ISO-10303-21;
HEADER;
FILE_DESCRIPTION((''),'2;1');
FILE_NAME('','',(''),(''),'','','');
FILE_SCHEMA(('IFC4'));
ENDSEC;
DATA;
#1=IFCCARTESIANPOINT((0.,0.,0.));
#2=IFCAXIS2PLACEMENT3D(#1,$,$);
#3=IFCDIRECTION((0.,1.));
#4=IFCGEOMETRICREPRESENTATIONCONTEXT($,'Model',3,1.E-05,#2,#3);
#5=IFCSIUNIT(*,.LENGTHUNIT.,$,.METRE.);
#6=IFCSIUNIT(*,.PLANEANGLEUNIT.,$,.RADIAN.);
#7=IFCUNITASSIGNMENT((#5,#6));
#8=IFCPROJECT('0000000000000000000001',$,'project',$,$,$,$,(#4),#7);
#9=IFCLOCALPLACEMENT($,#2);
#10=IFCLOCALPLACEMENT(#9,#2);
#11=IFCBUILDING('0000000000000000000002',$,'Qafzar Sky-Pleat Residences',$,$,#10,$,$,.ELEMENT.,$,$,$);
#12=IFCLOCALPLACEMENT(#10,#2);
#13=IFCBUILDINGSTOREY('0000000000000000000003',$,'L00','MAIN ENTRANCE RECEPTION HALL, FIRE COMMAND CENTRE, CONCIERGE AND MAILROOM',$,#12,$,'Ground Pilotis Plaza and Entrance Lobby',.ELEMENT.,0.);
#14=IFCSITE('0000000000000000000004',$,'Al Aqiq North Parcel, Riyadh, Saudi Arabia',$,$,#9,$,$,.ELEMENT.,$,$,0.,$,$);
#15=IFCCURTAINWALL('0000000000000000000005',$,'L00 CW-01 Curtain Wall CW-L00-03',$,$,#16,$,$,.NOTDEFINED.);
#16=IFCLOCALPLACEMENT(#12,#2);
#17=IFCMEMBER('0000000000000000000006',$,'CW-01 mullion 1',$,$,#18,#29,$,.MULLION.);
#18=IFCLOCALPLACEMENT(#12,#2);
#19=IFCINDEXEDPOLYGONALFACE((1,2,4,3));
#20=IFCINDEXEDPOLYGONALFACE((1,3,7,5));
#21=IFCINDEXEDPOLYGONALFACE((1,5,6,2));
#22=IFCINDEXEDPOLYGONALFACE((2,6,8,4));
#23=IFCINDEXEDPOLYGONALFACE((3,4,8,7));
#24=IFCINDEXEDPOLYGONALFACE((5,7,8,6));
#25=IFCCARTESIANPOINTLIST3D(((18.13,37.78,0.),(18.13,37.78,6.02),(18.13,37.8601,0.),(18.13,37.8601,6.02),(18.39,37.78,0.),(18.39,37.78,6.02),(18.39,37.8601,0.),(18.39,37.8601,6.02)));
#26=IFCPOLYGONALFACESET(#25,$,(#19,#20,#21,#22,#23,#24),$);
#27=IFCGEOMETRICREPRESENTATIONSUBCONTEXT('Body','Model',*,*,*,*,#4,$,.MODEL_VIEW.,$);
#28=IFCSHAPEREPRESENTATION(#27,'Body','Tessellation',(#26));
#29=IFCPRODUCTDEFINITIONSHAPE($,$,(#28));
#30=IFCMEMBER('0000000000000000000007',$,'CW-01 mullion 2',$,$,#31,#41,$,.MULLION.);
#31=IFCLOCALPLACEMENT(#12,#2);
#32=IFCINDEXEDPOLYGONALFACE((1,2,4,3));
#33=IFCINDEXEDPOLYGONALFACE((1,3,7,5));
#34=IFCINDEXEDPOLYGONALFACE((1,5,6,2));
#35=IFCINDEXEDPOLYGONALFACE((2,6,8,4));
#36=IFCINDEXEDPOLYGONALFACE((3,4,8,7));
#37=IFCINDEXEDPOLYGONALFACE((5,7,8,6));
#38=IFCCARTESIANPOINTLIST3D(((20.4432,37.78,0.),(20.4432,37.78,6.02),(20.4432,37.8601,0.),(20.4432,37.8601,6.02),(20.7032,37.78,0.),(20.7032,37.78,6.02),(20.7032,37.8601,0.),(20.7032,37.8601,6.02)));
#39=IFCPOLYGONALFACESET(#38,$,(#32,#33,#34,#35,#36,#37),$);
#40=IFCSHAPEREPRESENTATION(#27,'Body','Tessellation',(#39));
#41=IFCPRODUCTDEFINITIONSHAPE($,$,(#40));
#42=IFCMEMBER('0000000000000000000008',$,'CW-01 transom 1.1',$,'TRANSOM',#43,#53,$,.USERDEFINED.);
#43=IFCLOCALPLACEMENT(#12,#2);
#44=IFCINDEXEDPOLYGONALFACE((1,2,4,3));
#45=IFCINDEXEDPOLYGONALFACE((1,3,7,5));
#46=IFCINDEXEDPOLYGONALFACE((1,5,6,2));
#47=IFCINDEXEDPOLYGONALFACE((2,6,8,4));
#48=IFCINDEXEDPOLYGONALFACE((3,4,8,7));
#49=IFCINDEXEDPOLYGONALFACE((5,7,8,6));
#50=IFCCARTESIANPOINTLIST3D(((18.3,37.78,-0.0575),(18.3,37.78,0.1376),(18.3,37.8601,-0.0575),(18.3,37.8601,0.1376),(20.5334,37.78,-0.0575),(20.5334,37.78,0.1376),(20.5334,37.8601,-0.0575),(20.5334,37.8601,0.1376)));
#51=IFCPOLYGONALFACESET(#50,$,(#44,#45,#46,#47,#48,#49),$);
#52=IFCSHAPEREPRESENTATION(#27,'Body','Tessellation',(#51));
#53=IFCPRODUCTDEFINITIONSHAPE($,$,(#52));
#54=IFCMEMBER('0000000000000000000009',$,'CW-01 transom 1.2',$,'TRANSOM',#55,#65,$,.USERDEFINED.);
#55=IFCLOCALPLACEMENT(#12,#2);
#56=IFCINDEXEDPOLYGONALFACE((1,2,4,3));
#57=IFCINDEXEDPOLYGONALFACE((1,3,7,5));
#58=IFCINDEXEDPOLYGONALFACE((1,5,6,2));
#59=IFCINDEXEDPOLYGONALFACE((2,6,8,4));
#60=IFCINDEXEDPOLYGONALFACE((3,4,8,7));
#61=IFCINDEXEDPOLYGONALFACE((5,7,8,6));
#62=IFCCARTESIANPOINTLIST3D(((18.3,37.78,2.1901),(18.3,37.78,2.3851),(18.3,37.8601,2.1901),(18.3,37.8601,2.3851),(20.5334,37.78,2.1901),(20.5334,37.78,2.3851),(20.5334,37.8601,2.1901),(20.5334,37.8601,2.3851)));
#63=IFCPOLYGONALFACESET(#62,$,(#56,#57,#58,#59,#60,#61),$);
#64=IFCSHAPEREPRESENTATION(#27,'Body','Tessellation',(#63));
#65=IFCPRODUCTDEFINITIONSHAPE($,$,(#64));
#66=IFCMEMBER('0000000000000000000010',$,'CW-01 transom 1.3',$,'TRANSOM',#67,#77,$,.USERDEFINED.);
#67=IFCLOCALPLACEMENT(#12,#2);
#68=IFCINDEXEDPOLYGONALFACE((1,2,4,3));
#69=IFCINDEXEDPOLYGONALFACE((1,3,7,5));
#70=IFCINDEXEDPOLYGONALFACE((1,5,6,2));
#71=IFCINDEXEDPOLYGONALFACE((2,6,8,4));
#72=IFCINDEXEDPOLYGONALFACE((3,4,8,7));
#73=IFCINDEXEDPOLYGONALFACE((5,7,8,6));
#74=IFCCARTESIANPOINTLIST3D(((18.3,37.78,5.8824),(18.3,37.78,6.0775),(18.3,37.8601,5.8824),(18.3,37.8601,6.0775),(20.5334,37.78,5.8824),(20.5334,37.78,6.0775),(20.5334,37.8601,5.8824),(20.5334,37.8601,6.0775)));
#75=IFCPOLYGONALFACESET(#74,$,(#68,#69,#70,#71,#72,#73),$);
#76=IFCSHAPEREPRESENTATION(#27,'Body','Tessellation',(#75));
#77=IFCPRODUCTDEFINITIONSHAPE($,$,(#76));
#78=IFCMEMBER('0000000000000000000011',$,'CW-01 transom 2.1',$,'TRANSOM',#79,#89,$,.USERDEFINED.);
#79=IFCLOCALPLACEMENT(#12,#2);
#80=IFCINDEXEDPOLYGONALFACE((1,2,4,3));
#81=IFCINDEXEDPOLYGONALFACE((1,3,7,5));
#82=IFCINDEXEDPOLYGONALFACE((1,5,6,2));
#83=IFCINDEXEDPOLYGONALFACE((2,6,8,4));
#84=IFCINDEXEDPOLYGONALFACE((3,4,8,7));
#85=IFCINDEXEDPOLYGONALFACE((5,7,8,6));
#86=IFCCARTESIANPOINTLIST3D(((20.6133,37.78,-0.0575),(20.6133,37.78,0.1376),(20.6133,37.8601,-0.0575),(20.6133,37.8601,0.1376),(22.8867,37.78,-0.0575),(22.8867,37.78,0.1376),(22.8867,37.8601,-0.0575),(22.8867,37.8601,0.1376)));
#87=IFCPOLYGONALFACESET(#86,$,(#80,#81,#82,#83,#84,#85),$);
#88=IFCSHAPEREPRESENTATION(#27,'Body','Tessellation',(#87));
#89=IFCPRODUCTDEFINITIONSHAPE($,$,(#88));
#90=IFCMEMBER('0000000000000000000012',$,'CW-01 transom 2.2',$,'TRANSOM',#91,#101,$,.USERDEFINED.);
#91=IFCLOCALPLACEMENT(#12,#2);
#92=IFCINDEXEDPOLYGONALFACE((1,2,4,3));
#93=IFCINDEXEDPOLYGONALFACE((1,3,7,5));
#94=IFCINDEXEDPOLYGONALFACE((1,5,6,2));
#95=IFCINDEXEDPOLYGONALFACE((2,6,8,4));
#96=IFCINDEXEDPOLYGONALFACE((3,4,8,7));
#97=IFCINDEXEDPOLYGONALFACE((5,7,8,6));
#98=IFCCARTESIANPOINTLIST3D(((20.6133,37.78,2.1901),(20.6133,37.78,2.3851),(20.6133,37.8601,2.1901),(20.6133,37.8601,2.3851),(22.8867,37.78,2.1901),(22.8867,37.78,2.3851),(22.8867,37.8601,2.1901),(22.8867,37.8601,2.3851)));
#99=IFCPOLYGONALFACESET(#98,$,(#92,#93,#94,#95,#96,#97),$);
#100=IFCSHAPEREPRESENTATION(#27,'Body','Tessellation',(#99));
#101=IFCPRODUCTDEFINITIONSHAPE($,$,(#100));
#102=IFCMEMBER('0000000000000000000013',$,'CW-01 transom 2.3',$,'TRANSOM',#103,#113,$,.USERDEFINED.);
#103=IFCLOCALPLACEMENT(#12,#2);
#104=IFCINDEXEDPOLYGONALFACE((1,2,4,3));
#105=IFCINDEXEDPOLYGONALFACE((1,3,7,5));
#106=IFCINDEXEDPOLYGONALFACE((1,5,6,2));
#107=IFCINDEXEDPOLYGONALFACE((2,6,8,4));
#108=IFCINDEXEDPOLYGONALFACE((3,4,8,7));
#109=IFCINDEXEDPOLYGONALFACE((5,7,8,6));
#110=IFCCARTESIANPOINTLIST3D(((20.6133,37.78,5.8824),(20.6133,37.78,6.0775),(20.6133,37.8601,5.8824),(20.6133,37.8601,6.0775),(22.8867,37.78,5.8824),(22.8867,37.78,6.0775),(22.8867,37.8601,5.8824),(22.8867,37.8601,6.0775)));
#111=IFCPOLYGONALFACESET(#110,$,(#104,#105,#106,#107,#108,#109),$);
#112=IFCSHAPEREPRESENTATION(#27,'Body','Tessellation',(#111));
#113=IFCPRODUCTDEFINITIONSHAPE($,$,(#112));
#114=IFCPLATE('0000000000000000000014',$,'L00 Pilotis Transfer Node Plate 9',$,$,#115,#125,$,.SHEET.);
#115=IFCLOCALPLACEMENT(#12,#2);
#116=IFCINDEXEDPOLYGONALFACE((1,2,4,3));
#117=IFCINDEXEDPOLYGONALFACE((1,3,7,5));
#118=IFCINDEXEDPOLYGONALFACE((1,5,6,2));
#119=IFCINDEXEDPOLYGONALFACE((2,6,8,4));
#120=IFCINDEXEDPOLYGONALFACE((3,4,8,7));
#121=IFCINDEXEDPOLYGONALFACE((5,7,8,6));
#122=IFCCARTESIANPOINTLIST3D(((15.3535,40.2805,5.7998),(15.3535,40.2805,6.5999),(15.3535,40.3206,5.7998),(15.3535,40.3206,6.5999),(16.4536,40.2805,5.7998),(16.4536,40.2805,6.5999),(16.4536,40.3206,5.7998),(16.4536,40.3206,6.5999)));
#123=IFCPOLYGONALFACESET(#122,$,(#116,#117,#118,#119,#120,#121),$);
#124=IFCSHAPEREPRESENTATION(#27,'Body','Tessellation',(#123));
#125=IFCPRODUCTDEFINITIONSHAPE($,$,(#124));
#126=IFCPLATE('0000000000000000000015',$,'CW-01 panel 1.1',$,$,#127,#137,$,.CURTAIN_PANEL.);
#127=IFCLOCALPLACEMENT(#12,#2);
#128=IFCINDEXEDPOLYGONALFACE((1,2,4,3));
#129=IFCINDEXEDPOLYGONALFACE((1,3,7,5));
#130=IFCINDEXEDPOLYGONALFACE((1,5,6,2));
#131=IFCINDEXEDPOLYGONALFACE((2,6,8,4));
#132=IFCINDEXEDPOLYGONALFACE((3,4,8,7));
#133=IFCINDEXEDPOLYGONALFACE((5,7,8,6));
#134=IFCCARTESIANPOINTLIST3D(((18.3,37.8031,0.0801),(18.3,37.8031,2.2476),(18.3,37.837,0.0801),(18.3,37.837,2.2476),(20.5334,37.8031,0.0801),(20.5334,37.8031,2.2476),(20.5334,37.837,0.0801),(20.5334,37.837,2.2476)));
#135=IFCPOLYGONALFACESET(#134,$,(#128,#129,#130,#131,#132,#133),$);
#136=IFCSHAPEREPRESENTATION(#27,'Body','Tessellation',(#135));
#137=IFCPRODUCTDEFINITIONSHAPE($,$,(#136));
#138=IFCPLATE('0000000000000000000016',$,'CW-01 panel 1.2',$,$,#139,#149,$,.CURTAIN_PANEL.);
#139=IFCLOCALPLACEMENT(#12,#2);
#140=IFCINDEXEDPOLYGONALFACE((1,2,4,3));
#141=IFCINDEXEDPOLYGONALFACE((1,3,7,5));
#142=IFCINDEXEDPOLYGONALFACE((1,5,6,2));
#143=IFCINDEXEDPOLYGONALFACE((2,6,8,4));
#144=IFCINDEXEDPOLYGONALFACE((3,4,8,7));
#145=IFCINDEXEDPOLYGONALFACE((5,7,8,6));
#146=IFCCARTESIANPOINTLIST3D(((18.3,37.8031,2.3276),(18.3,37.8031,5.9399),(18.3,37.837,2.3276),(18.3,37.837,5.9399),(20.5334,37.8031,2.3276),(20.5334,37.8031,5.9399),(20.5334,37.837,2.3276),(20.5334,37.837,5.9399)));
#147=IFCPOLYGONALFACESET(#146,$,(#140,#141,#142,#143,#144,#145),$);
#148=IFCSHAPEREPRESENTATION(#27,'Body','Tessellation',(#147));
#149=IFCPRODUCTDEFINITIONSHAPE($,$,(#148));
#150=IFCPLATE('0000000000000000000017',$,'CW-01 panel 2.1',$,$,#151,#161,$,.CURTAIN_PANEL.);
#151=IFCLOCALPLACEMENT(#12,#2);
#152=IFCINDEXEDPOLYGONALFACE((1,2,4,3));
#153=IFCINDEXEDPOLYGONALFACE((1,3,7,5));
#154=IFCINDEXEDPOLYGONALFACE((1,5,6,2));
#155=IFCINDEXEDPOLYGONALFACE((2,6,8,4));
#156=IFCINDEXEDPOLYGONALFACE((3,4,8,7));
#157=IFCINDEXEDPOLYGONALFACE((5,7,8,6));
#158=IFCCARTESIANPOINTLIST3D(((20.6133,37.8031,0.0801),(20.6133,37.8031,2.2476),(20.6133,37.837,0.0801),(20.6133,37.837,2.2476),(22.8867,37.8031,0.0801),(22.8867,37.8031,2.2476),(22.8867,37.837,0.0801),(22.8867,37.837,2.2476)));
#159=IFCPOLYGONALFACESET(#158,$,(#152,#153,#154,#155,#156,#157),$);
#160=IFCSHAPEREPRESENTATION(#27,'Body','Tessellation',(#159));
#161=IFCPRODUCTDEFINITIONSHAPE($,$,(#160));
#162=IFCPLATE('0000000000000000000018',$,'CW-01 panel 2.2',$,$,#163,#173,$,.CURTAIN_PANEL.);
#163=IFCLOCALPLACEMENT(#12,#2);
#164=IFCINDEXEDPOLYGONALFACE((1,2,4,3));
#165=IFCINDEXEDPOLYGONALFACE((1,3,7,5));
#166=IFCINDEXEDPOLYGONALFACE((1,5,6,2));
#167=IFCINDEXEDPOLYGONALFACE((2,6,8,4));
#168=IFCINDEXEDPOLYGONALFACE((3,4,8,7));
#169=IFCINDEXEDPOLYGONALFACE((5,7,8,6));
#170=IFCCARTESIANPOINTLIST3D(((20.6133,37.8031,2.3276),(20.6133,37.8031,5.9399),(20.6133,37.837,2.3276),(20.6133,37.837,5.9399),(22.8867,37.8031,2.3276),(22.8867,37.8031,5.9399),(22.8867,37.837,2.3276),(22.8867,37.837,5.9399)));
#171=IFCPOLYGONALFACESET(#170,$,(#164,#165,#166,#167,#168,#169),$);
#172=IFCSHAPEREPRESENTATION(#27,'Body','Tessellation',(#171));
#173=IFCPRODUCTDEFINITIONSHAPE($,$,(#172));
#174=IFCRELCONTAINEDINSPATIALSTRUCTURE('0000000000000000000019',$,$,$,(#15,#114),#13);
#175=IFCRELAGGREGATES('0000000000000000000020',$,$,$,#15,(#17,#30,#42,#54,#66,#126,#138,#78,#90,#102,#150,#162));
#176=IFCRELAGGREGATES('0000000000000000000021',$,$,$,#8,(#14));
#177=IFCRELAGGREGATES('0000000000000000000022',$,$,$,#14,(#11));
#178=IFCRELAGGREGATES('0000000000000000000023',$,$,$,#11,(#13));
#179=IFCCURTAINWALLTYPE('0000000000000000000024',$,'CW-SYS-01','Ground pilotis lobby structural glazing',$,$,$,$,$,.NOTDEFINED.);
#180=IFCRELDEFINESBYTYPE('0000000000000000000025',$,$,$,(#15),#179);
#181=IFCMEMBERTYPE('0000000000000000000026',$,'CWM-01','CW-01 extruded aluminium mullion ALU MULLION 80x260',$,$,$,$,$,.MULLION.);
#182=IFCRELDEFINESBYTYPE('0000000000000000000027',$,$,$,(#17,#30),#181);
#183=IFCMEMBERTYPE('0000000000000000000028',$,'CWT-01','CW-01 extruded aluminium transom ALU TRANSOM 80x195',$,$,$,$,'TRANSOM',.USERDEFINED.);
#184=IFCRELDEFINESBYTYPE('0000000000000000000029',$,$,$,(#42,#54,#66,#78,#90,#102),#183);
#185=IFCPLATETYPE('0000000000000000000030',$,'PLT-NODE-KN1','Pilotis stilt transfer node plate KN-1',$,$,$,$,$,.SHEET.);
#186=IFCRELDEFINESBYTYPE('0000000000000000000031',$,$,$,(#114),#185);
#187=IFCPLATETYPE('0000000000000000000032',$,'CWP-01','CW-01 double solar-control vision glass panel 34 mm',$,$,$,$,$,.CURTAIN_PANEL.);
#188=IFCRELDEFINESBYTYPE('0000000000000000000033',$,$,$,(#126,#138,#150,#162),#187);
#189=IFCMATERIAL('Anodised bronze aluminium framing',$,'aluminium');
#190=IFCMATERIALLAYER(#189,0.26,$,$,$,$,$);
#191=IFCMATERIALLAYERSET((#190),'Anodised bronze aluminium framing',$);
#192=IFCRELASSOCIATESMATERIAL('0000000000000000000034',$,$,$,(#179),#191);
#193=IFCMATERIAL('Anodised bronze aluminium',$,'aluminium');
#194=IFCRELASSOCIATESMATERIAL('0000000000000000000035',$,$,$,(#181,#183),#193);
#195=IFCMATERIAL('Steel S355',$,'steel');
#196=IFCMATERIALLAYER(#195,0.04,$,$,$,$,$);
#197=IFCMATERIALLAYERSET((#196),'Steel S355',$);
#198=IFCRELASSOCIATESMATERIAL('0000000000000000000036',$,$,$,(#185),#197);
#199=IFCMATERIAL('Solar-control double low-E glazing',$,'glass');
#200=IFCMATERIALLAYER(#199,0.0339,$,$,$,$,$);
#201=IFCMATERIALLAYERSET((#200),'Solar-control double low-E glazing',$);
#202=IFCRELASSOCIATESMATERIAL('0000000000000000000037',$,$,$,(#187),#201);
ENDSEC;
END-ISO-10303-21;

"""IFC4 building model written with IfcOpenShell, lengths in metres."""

from ifc_helpers import new_model, si_unit, direction, frame, origin, origin_2d, place, context, subcontext, project, spatial, rectangle, extrude, source, transform, mapped, material, layer, layer_set, material_profile, profile_set, type_object, element, aggregate, save


model = new_model("IFC4")

# Units and contexts
model_context = context("Model", 3, precision=1e-05, world=origin(), true_north=direction((0.0, 1.0)))
body_context = subcontext(model_context, "Body", "Model", "MODEL_VIEW")
ifc_project = project(units=[si_unit("LENGTHUNIT", "METRE"), si_unit("PLANEANGLEUNIT", "RADIAN")], contexts=[model_context])

# Site, building, storey
site_placement = place(None, origin())
site = spatial("IfcSite", under=ifc_project, at=site_placement, Name="Al Aqiq North Parcel, Riyadh, Saudi Arabia", CompositionType="ELEMENT", RefElevation=0.0)
building_placement = place(site_placement, origin())
building = spatial("IfcBuilding", under=site, at=building_placement, Name="Qafzar Sky-Pleat Residences", CompositionType="ELEMENT")
storey_placement = place(building_placement, origin())
storey = spatial("IfcBuildingStorey", under=building, at=storey_placement, Name="L00", Description="MAIN ENTRANCE RECEPTION HALL, FIRE COMMAND CENTRE, CONCIERGE AND MAILROOM", LongName="Ground Pilotis Plaza and Entrance Lobby", CompositionType="ELEMENT", Elevation=0.0)

# Curtain wall, members
ifc_material_1 = material(Name="Anodised bronze aluminium framing", Category="aluminium")
ifc_layer_1 = layer(ifc_material_1, 0.26)
ifc_layer_set_1 = layer_set([ifc_layer_1], Name="Anodised bronze aluminium framing")
curtain_wall_type = type_object("IfcCurtainWallType", Name="CW-SYS-01", Description="Ground pilotis lobby structural glazing", PredefinedType="NOTDEFINED", material=ifc_layer_set_1)
curtain_wall_placement = place(storey_placement, origin())
curtain_wall = element("IfcCurtainWall", 1, at=curtain_wall_placement, inside=storey, type_object=curtain_wall_type, Name="L00 CW-01 Curtain Wall CW-L00-03", PredefinedType="NOTDEFINED")
ifc_material_2 = material(Name="Anodised bronze aluminium", Category="aluminium")
ifc_material_profile_1 = material_profile(ifc_material_2, rectangle(XDim=0.0801, YDim=0.26, at=origin_2d()), Name="ALU MULLION 80x260")
ifc_profile_set_1 = profile_set([ifc_material_profile_1], Name="Anodised bronze aluminium")
member_type_1 = type_object("IfcMemberType", Name="CWM-01", Description="CW-01 extruded aluminium mullion ALU MULLION 80x260", PredefinedType="MULLION", material=ifc_profile_set_1)
shared_shape_1 = source(origin(), body_context, "Body", "SweptSolid", [
    extrude(rectangle(XDim=0.0801, YDim=0.26, at=origin_2d()), origin(), (0.0, 0.0, 1.0), 6.02),
])
member_1_placement = place(storey_placement, frame((18.26, 37.8201, 0.0), z_axis=(0.0, 0.0, 1.0), x_axis=(0.0, 1.0, 0.0)))
member_1 = element("IfcMember", 2, at=member_1_placement, type_object=member_type_1, Name="CW-01 mullion 1", PredefinedType="MULLION", context=body_context, shape_type="MappedRepresentation", body=[
    mapped(shared_shape_1, transform((0.0, 0.0, 0.0), x_axis=(1.0, 0.0, 0.0), y_axis=(0.0, 1.0, 0.0), z_axis=(0.0, 0.0, 1.0), scale=1.0)),
])
member_2_placement = place(storey_placement, frame((20.5732, 37.8201, 0.0), z_axis=(0.0, 0.0, 1.0), x_axis=(0.0, 1.0, 0.0)))
member_2 = element("IfcMember", 3, at=member_2_placement, type_object=member_type_1, Name="CW-01 mullion 2", PredefinedType="MULLION", context=body_context, shape_type="MappedRepresentation", body=[
    mapped(shared_shape_1, transform((0.0, 0.0, 0.0), x_axis=(1.0, 0.0, 0.0), y_axis=(0.0, 1.0, 0.0), z_axis=(0.0, 0.0, 1.0), scale=1.0)),
])
ifc_material_profile_2 = material_profile(ifc_material_2, rectangle(XDim=0.0801, YDim=0.1951, at=origin_2d()), Name="ALU TRANSOM 80x195")
ifc_profile_set_2 = profile_set([ifc_material_profile_2], Name="Anodised bronze aluminium")
member_type_2 = type_object("IfcMemberType", Name="CWT-01", Description="CW-01 extruded aluminium transom ALU TRANSOM 80x195", ElementType="TRANSOM", PredefinedType="USERDEFINED", material=ifc_profile_set_2)
shared_shape_2 = source(origin(), body_context, "Body", "SweptSolid", [
    extrude(rectangle(XDim=0.0801, YDim=0.1951, at=origin_2d()), origin(), (0.0, 0.0, 1.0), 2.2334),
])
member_3_placement = place(storey_placement, frame((18.3, 37.8201, 0.04), z_axis=(1.0, 0.0, 0.0), x_axis=(0.0, 1.0, 0.0)))
member_3 = element("IfcMember", 4, at=member_3_placement, type_object=member_type_2, Name="CW-01 transom 1.1", ObjectType="TRANSOM", PredefinedType="USERDEFINED", context=body_context, shape_type="MappedRepresentation", body=[
    mapped(shared_shape_2, transform((0.0, 0.0, 0.0), x_axis=(1.0, 0.0, 0.0), y_axis=(0.0, 1.0, 0.0), z_axis=(0.0, 0.0, 1.0), scale=1.0)),
])
member_4_placement = place(storey_placement, frame((18.3, 37.8201, 2.2876), z_axis=(1.0, 0.0, 0.0), x_axis=(0.0, 1.0, 0.0)))
member_4 = element("IfcMember", 5, at=member_4_placement, type_object=member_type_2, Name="CW-01 transom 1.2", ObjectType="TRANSOM", PredefinedType="USERDEFINED", context=body_context, shape_type="MappedRepresentation", body=[
    mapped(shared_shape_2, transform((0.0, 0.0, 0.0), x_axis=(1.0, 0.0, 0.0), y_axis=(0.0, 1.0, 0.0), z_axis=(0.0, 0.0, 1.0), scale=1.0)),
])
member_5_placement = place(storey_placement, frame((18.3, 37.8201, 5.98), z_axis=(1.0, 0.0, 0.0), x_axis=(0.0, 1.0, 0.0)))
member_5 = element("IfcMember", 6, at=member_5_placement, type_object=member_type_2, Name="CW-01 transom 1.3", ObjectType="TRANSOM", PredefinedType="USERDEFINED", context=body_context, shape_type="MappedRepresentation", body=[
    mapped(shared_shape_2, transform((0.0, 0.0, 0.0), x_axis=(1.0, 0.0, 0.0), y_axis=(0.0, 1.0, 0.0), z_axis=(0.0, 0.0, 1.0), scale=1.0)),
])
shared_shape_3 = source(origin(), body_context, "Body", "SweptSolid", [
    extrude(rectangle(XDim=0.0801, YDim=0.1951, at=origin_2d()), origin(), (0.0, 0.0, 1.0), 2.2734),
])
member_6_placement = place(storey_placement, frame((20.6133, 37.8201, 0.04), z_axis=(1.0, 0.0, 0.0), x_axis=(0.0, 1.0, 0.0)))
member_6 = element("IfcMember", 7, at=member_6_placement, type_object=member_type_2, Name="CW-01 transom 2.1", ObjectType="TRANSOM", PredefinedType="USERDEFINED", context=body_context, shape_type="MappedRepresentation", body=[
    mapped(shared_shape_3, transform((0.0, 0.0, 0.0), x_axis=(1.0, 0.0, 0.0), y_axis=(0.0, 1.0, 0.0), z_axis=(0.0, 0.0, 1.0), scale=1.0)),
])
member_7_placement = place(storey_placement, frame((20.6133, 37.8201, 2.2876), z_axis=(1.0, 0.0, 0.0), x_axis=(0.0, 1.0, 0.0)))
member_7 = element("IfcMember", 8, at=member_7_placement, type_object=member_type_2, Name="CW-01 transom 2.2", ObjectType="TRANSOM", PredefinedType="USERDEFINED", context=body_context, shape_type="MappedRepresentation", body=[
    mapped(shared_shape_3, transform((0.0, 0.0, 0.0), x_axis=(1.0, 0.0, 0.0), y_axis=(0.0, 1.0, 0.0), z_axis=(0.0, 0.0, 1.0), scale=1.0)),
])
member_8_placement = place(storey_placement, frame((20.6133, 37.8201, 5.98), z_axis=(1.0, 0.0, 0.0), x_axis=(0.0, 1.0, 0.0)))
member_8 = element("IfcMember", 9, at=member_8_placement, type_object=member_type_2, Name="CW-01 transom 2.3", ObjectType="TRANSOM", PredefinedType="USERDEFINED", context=body_context, shape_type="MappedRepresentation", body=[
    mapped(shared_shape_3, transform((0.0, 0.0, 0.0), x_axis=(1.0, 0.0, 0.0), y_axis=(0.0, 1.0, 0.0), z_axis=(0.0, 0.0, 1.0), scale=1.0)),
])

# Plates
ifc_material_3 = material(Name="Steel S355", Category="steel")
ifc_layer_2 = layer(ifc_material_3, 0.04)
ifc_layer_set_2 = layer_set([ifc_layer_2], Name="Steel S355")
plate_type_1 = type_object("IfcPlateType", Name="PLT-NODE-KN1", Description="Pilotis stilt transfer node plate KN-1", PredefinedType="SHEET", material=ifc_layer_set_2)
shared_shape_4 = source(origin(), body_context, "Body", "SweptSolid", [
    extrude(rectangle(XDim=1.1001, YDim=0.04, at=origin_2d()), origin(), (0.0, 0.0, 1.0), 0.8),
])
plate_1_placement = place(storey_placement, frame((15.9036, 40.3005, 5.7998), z_axis=(0.0, 0.0, 1.0), x_axis=(1.0, 0.0, 0.0)))
element("IfcPlate", 10, at=plate_1_placement, inside=storey, type_object=plate_type_1, Name="L00 Pilotis Transfer Node Plate 9", PredefinedType="SHEET", context=body_context, shape_type="MappedRepresentation", body=[
    mapped(shared_shape_4, transform((0.0, 0.0, 0.0), x_axis=(1.0, 0.0, 0.0), y_axis=(0.0, 1.0, 0.0), z_axis=(0.0, 0.0, 1.0), scale=1.0)),
])
ifc_material_4 = material(Name="Solar-control double low-E glazing", Category="glass")
ifc_layer_3 = layer(ifc_material_4, 0.0339)
ifc_layer_set_3 = layer_set([ifc_layer_3], Name="Solar-control double low-E glazing")
plate_type_2 = type_object("IfcPlateType", Name="CWP-01", Description="CW-01 double solar-control vision glass panel 34 mm", PredefinedType="CURTAIN_PANEL", material=ifc_layer_set_3)
shared_shape_5 = source(origin(), body_context, "Body", "SweptSolid", [
    extrude(rectangle(XDim=2.2334, YDim=0.0339, at=origin_2d()), origin(), (0.0, 0.0, 1.0), 2.1675),
])
plate_2_placement = place(storey_placement, frame((19.4167, 37.8201, 0.0801), z_axis=(0.0, 0.0, 1.0), x_axis=(1.0, 0.0, 0.0)))
plate_2 = element("IfcPlate", 11, at=plate_2_placement, type_object=plate_type_2, Name="CW-01 panel 1.1", PredefinedType="CURTAIN_PANEL", context=body_context, shape_type="MappedRepresentation", body=[
    mapped(shared_shape_5, transform((0.0, 0.0, 0.0), x_axis=(1.0, 0.0, 0.0), y_axis=(0.0, 1.0, 0.0), z_axis=(0.0, 0.0, 1.0), scale=1.0)),
])
shared_shape_6 = source(origin(), body_context, "Body", "SweptSolid", [
    extrude(rectangle(XDim=2.2334, YDim=0.0339, at=origin_2d()), origin(), (0.0, 0.0, 1.0), 3.6123),
])
plate_3_placement = place(storey_placement, frame((19.4167, 37.8201, 2.3276), z_axis=(0.0, 0.0, 1.0), x_axis=(1.0, 0.0, 0.0)))
plate_3 = element("IfcPlate", 12, at=plate_3_placement, type_object=plate_type_2, Name="CW-01 panel 1.2", PredefinedType="CURTAIN_PANEL", context=body_context, shape_type="MappedRepresentation", body=[
    mapped(shared_shape_6, transform((0.0, 0.0, 0.0), x_axis=(1.0, 0.0, 0.0), y_axis=(0.0, 1.0, 0.0), z_axis=(0.0, 0.0, 1.0), scale=1.0)),
])
shared_shape_7 = source(origin(), body_context, "Body", "SweptSolid", [
    extrude(rectangle(XDim=2.2734, YDim=0.0339, at=origin_2d()), origin(), (0.0, 0.0, 1.0), 2.1675),
])
plate_4_placement = place(storey_placement, frame((21.75, 37.8201, 0.0801), z_axis=(0.0, 0.0, 1.0), x_axis=(1.0, 0.0, 0.0)))
plate_4 = element("IfcPlate", 13, at=plate_4_placement, type_object=plate_type_2, Name="CW-01 panel 2.1", PredefinedType="CURTAIN_PANEL", context=body_context, shape_type="MappedRepresentation", body=[
    mapped(shared_shape_7, transform((0.0, 0.0, 0.0), x_axis=(1.0, 0.0, 0.0), y_axis=(0.0, 1.0, 0.0), z_axis=(0.0, 0.0, 1.0), scale=1.0)),
])
shared_shape_8 = source(origin(), body_context, "Body", "SweptSolid", [
    extrude(rectangle(XDim=2.2734, YDim=0.0339, at=origin_2d()), origin(), (0.0, 0.0, 1.0), 3.6123),
])
plate_5_placement = place(storey_placement, frame((21.75, 37.8201, 2.3276), z_axis=(0.0, 0.0, 1.0), x_axis=(1.0, 0.0, 0.0)))
plate_5 = element("IfcPlate", 14, at=plate_5_placement, type_object=plate_type_2, Name="CW-01 panel 2.2", PredefinedType="CURTAIN_PANEL", context=body_context, shape_type="MappedRepresentation", body=[
    mapped(shared_shape_8, transform((0.0, 0.0, 0.0), x_axis=(1.0, 0.0, 0.0), y_axis=(0.0, 1.0, 0.0), z_axis=(0.0, 0.0, 1.0), scale=1.0)),
])
aggregate(curtain_wall, [member_1, member_2, member_3, member_4, member_5, plate_2, plate_3, member_6, member_7, member_8, plate_4, plate_5])

save(model, "model.ifc")
